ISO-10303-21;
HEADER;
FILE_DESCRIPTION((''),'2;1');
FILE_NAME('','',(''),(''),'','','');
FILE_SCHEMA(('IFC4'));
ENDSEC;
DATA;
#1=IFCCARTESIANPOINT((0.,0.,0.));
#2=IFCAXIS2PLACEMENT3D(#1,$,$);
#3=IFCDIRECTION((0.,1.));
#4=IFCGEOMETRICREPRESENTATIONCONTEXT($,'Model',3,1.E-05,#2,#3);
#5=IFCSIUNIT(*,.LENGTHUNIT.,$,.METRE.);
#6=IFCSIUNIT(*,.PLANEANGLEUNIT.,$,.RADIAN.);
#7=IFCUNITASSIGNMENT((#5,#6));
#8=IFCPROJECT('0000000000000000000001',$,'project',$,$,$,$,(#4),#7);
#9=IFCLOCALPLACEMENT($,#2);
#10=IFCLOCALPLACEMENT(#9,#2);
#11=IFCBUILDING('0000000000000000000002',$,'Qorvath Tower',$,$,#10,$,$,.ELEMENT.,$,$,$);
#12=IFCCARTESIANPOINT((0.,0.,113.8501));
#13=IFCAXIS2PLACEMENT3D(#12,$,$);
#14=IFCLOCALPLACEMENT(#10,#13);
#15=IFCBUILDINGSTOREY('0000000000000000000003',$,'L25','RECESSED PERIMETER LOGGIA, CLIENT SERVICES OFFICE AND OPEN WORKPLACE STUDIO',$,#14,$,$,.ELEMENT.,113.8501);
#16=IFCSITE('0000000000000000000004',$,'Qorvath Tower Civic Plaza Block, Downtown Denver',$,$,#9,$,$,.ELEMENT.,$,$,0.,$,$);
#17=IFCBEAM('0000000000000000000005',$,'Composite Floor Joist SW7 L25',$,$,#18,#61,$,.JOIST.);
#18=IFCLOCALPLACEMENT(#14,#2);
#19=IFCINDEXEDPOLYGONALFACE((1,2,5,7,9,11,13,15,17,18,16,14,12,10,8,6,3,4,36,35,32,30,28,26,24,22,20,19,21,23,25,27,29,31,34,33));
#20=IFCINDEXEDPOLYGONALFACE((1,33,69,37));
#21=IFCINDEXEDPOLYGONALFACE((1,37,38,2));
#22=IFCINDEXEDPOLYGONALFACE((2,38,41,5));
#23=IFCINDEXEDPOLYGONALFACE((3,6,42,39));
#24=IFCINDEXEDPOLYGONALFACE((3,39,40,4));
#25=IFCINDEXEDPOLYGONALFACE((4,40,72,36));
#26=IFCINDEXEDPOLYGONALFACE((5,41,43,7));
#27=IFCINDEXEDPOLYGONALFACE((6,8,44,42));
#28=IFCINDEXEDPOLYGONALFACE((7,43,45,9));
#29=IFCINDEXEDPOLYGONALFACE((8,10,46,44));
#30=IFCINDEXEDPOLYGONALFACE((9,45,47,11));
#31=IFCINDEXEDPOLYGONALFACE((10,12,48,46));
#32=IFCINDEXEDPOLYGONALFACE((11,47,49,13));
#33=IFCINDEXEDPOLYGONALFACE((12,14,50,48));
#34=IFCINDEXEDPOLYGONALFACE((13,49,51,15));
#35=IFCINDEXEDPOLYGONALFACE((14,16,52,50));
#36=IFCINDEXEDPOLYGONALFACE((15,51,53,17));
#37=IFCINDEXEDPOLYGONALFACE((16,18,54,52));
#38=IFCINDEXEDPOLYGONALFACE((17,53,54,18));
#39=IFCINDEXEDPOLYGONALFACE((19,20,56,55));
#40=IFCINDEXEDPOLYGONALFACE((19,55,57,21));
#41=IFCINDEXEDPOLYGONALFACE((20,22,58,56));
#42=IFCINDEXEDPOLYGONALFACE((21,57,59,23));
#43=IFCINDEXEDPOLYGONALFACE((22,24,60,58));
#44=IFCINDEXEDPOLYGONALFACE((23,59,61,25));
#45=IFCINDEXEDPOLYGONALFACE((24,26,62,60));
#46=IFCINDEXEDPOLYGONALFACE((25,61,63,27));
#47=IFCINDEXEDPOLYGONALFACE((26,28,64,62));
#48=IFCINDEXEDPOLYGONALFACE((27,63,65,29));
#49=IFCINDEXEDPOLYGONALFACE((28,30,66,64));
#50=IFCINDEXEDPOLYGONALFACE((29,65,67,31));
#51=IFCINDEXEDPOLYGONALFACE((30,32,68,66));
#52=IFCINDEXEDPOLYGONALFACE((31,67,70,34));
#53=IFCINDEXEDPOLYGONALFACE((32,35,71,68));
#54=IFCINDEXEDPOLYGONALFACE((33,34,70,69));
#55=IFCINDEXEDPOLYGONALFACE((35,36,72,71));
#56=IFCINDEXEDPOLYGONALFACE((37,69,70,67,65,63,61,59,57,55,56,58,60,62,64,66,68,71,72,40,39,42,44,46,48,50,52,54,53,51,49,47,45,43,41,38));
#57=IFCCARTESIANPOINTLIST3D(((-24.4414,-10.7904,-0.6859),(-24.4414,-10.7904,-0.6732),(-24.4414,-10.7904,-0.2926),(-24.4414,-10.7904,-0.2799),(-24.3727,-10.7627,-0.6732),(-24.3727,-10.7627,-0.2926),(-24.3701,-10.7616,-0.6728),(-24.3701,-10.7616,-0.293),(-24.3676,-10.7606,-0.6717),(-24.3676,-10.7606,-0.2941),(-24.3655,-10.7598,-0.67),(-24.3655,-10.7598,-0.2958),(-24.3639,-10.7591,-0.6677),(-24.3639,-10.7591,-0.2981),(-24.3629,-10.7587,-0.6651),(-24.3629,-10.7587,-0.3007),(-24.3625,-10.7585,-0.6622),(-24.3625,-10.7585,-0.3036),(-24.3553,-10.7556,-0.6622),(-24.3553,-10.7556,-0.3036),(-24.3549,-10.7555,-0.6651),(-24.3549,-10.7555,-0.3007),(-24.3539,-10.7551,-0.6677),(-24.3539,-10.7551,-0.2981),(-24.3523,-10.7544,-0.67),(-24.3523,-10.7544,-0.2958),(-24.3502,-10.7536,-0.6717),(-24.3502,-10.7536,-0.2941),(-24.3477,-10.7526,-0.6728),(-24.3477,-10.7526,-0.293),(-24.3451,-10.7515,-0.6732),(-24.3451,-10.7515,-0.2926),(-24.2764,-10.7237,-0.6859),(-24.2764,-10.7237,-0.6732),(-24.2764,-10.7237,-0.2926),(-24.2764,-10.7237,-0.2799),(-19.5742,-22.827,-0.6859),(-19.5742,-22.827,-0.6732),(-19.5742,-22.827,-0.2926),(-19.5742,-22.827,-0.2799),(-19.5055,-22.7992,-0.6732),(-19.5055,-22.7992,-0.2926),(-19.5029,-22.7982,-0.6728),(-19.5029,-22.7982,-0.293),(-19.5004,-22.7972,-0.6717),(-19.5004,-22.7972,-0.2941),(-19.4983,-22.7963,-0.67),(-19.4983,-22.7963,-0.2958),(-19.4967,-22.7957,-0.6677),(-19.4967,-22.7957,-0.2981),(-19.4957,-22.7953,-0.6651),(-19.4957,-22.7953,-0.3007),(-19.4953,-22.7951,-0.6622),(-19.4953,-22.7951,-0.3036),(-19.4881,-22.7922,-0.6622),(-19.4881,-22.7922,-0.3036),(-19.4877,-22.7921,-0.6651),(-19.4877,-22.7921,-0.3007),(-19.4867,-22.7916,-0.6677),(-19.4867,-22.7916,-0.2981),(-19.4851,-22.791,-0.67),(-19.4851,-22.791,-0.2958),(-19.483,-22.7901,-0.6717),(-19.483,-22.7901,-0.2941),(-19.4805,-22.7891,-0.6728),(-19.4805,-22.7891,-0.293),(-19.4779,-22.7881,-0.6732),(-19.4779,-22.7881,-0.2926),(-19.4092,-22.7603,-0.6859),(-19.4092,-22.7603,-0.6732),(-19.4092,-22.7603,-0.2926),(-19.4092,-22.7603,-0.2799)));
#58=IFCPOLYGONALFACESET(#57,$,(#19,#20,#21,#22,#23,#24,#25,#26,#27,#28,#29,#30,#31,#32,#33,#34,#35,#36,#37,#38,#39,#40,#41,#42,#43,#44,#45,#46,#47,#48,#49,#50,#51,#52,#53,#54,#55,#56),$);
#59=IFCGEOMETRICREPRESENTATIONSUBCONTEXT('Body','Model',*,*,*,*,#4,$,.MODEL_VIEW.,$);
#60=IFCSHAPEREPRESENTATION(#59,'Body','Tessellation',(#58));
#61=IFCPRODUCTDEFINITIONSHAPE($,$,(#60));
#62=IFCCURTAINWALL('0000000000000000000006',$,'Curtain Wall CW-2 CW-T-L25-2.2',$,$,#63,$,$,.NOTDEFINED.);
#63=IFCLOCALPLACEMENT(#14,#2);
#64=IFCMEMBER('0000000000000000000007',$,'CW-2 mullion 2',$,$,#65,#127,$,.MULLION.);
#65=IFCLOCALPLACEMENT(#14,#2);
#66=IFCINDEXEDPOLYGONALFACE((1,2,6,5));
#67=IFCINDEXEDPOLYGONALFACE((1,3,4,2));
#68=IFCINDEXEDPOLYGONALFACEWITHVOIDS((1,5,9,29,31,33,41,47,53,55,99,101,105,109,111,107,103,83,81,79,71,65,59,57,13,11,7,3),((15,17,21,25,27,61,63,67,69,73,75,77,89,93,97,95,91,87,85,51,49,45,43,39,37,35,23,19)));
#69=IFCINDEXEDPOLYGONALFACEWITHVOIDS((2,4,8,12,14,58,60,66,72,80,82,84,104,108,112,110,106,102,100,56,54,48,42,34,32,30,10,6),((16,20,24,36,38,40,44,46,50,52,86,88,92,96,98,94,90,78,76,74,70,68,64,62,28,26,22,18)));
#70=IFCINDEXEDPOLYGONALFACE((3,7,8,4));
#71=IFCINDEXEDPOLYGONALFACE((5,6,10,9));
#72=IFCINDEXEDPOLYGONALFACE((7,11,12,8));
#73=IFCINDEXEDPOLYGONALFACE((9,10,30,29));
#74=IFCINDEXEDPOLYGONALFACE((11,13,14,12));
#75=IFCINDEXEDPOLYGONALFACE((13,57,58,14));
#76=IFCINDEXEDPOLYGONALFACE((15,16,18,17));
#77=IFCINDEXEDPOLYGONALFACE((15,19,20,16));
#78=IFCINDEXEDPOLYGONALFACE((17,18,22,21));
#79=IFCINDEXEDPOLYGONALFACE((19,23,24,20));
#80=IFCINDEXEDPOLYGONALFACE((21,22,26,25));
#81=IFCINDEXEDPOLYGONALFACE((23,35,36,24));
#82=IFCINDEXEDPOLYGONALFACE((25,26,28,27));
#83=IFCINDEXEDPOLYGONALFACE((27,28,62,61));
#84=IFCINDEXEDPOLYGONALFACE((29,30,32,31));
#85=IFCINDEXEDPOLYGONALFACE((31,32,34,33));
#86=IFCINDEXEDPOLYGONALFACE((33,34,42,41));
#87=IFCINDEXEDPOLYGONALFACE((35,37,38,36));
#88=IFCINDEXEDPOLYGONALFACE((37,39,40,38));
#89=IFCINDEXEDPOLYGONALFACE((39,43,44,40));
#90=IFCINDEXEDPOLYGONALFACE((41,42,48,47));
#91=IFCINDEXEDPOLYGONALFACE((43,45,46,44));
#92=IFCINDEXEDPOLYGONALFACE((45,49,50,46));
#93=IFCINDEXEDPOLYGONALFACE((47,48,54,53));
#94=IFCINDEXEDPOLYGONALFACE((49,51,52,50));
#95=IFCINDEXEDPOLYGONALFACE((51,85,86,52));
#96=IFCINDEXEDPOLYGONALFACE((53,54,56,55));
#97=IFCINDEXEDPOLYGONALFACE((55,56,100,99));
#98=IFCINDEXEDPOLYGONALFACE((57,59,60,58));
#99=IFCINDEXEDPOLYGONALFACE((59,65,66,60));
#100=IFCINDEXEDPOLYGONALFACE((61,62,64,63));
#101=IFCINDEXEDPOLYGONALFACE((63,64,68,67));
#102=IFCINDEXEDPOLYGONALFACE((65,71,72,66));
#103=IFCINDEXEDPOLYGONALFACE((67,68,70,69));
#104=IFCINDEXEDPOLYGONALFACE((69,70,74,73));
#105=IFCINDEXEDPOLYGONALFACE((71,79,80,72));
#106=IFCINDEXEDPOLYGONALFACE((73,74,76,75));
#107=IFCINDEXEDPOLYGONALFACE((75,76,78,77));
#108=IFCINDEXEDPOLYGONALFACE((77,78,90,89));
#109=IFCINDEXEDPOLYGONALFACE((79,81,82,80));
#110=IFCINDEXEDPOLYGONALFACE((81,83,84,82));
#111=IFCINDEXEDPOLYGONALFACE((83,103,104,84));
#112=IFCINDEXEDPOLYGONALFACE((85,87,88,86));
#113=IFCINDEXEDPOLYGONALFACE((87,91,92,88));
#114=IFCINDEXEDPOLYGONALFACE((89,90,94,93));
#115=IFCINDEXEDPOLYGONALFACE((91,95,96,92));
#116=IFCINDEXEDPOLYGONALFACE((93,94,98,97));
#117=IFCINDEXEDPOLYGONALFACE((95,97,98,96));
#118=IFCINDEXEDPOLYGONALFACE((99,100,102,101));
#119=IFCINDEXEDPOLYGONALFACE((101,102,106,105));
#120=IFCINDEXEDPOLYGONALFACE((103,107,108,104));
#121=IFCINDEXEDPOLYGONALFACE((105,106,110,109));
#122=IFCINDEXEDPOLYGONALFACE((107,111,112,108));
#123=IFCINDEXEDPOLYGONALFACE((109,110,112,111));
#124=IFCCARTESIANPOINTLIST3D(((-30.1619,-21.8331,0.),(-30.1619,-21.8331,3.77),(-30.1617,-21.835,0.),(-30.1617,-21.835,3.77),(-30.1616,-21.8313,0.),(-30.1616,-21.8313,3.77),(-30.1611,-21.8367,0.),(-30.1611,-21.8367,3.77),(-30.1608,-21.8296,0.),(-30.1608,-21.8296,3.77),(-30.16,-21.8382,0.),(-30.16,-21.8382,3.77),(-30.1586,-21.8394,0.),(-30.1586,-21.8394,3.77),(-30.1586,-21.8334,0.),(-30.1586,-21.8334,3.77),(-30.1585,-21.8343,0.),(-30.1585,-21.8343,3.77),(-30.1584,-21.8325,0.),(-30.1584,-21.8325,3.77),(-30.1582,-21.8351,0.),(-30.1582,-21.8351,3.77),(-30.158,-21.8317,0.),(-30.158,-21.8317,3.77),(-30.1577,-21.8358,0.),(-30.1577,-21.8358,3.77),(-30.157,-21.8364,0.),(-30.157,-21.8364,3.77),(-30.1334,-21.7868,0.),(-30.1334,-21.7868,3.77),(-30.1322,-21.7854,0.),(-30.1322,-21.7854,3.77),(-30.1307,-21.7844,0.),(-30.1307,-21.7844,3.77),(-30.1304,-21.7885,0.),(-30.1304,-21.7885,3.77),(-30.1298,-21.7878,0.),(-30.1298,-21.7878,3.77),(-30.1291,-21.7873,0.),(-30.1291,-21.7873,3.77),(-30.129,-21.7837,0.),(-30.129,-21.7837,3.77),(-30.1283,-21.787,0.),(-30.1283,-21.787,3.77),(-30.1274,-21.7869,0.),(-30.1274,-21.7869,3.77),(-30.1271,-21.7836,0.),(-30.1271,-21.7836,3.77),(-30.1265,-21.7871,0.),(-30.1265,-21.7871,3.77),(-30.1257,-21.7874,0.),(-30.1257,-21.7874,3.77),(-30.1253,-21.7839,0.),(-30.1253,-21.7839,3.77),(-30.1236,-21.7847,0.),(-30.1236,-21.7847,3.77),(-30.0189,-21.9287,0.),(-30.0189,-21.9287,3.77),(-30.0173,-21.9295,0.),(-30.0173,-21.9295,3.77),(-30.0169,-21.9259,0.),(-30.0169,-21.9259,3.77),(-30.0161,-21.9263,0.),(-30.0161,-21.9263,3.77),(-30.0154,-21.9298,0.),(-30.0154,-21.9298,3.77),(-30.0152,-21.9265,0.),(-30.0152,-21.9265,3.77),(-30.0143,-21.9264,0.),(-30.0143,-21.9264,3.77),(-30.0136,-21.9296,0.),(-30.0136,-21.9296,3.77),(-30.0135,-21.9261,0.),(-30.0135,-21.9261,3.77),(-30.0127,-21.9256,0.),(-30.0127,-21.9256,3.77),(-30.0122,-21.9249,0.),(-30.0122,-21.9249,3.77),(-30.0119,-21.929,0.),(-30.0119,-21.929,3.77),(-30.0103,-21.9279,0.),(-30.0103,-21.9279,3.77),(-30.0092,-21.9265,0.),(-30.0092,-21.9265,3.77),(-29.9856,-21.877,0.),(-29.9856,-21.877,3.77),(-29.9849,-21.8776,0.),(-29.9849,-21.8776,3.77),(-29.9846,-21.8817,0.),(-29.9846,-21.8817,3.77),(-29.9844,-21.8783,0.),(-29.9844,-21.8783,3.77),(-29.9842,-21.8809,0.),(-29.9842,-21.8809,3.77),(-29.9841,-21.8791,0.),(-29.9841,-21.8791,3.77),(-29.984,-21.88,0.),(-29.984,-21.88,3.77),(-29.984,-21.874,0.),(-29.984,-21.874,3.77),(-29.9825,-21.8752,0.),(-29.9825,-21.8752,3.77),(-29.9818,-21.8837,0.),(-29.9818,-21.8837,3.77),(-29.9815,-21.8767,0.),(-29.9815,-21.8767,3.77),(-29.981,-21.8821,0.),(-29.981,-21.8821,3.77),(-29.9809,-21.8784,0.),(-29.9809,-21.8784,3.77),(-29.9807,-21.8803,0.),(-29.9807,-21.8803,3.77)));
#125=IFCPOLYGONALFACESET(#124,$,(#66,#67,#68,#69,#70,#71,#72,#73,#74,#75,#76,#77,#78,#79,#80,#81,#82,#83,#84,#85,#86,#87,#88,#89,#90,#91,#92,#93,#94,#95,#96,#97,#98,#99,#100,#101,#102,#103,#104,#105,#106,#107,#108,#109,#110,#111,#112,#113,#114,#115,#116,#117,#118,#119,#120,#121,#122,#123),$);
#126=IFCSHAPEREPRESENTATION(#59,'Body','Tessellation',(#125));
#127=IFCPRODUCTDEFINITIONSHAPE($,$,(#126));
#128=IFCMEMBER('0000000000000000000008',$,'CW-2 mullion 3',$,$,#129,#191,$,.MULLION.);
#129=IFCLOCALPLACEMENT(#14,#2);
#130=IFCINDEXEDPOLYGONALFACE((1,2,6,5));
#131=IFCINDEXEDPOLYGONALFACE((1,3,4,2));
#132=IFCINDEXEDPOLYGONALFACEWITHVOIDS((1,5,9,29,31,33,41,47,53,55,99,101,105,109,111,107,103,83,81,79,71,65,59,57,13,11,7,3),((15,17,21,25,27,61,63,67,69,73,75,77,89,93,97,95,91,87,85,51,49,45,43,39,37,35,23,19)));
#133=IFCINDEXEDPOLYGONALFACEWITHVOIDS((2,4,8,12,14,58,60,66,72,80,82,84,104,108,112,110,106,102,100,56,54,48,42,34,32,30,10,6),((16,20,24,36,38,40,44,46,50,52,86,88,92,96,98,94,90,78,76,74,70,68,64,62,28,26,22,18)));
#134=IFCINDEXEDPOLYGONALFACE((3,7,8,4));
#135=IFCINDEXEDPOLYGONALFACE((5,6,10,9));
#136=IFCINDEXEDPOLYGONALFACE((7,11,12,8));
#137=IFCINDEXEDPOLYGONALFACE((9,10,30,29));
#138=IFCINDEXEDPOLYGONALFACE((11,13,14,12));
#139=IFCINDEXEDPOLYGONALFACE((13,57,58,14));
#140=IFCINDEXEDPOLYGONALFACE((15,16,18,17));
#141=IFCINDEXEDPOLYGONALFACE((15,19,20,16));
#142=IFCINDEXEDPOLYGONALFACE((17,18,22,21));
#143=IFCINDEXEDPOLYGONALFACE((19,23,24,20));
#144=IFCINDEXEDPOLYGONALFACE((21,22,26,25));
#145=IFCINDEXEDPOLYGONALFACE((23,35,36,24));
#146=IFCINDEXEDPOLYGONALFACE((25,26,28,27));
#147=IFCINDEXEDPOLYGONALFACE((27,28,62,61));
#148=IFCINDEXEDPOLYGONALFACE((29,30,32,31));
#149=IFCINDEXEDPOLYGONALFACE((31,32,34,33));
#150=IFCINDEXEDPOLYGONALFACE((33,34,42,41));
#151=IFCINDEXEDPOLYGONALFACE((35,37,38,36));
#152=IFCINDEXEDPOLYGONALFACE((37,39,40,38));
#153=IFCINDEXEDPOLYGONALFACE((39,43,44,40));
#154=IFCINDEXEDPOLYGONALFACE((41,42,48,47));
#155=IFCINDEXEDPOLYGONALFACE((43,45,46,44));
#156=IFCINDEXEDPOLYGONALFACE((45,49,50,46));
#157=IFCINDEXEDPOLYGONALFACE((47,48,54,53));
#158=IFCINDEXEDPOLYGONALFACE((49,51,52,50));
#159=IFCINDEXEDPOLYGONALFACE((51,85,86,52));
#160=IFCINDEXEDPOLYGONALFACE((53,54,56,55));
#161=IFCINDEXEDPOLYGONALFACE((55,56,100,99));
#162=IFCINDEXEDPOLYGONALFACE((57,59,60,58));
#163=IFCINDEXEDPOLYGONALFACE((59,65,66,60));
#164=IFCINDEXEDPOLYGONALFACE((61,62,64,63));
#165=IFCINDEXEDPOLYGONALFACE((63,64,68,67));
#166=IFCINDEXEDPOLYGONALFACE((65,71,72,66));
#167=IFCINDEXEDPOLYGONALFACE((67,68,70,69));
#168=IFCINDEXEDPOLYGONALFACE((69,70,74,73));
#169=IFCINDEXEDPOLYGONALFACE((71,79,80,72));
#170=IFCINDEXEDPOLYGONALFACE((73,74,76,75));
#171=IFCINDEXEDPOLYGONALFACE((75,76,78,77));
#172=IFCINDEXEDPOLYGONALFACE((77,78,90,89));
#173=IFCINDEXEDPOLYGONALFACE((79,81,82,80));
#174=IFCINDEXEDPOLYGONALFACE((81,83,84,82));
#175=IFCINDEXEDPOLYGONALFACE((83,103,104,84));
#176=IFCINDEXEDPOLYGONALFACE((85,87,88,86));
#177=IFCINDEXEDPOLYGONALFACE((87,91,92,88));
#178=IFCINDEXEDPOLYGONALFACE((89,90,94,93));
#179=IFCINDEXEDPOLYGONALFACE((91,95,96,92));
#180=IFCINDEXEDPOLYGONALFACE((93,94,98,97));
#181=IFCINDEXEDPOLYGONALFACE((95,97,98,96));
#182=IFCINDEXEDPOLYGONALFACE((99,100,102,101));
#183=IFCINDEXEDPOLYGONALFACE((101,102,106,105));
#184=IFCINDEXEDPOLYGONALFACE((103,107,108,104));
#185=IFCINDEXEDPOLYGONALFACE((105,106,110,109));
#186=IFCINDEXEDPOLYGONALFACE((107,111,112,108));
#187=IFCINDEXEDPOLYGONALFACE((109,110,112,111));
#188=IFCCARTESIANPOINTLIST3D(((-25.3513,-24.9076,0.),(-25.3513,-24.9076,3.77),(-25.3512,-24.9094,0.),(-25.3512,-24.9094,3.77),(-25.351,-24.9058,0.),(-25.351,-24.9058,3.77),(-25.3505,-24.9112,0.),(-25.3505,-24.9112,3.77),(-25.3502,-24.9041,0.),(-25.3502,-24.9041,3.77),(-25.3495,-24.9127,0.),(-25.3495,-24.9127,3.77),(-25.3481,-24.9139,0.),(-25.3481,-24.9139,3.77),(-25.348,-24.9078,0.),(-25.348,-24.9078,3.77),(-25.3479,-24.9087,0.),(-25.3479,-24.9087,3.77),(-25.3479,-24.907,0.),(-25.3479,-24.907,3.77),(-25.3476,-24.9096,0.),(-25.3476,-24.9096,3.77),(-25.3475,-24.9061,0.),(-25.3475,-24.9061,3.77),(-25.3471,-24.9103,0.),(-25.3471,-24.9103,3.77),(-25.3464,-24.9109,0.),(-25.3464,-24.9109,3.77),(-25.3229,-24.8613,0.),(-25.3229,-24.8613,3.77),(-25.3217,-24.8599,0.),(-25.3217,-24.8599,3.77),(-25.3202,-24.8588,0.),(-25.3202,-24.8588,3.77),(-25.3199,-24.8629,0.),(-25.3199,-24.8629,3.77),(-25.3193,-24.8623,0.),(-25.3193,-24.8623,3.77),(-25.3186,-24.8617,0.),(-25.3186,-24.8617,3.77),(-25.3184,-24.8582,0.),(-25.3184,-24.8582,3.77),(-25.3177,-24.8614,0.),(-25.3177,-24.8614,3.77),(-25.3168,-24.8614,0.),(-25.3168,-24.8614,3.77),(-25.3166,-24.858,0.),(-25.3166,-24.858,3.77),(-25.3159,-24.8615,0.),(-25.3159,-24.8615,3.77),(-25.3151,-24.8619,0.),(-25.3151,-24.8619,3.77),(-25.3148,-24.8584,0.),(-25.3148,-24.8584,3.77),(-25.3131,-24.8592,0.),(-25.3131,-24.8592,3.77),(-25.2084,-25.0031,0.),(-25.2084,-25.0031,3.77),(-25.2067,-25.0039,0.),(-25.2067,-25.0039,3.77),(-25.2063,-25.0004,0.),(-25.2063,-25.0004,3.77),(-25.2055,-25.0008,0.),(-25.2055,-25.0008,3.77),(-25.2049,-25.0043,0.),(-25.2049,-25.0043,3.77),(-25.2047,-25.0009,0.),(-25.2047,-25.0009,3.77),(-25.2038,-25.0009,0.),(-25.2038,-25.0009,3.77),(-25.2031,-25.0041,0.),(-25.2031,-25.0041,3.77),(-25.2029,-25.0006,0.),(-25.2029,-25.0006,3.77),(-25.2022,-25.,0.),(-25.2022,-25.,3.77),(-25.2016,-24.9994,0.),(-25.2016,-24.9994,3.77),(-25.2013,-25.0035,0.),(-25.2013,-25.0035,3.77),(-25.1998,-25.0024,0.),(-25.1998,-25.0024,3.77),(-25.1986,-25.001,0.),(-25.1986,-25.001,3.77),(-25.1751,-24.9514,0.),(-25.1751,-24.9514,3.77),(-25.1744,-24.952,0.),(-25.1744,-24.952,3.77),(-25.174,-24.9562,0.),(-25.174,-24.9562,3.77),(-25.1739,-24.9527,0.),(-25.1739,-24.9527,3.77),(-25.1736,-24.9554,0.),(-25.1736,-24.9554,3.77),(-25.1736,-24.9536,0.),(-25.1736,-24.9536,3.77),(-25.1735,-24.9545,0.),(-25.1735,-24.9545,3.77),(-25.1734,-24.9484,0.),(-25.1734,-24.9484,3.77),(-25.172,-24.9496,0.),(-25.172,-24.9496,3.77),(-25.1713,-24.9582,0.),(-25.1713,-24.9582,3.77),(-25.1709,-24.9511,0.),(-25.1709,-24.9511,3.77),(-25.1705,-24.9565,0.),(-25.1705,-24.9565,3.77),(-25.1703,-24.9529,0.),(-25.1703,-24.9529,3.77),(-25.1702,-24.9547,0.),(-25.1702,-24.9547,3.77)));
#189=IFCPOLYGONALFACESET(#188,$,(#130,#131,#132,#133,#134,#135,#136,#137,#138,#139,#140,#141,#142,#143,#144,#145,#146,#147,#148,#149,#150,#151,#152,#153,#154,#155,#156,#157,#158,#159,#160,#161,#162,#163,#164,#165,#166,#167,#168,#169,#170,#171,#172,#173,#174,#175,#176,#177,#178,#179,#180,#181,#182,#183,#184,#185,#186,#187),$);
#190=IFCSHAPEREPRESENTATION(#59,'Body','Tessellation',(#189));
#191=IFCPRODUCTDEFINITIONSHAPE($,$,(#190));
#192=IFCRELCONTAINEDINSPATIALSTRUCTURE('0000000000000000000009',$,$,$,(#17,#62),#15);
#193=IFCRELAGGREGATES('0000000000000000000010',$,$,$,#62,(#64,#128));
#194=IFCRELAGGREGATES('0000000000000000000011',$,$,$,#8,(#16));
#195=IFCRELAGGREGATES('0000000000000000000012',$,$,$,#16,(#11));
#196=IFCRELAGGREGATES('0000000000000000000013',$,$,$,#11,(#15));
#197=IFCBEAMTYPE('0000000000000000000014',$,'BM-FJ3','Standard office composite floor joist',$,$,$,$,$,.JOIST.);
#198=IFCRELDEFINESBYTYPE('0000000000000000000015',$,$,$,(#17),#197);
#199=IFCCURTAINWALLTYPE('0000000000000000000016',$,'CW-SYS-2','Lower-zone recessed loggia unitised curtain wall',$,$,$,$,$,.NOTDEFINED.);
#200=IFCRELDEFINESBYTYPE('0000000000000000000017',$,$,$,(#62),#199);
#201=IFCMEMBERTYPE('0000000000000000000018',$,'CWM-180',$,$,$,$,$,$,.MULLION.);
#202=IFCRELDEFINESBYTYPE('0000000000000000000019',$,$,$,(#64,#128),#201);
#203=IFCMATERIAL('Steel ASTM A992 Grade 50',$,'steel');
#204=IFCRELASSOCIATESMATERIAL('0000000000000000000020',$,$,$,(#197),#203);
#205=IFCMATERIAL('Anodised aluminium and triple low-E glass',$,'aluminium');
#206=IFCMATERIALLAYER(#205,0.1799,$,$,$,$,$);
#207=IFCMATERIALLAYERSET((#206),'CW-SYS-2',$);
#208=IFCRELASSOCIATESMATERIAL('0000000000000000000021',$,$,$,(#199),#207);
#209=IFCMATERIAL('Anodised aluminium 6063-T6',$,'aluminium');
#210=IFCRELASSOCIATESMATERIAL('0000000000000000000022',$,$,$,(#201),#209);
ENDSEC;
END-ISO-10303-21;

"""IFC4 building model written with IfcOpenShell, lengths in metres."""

from ifc_helpers import new_model, si_unit, direction, frame, origin, origin_2d, place, context, subcontext, project, spatial, hollow_rectangle, i_section, extrude, material, layer, layer_set, material_profile, profile_set, type_object, element, aggregate, save


model = new_model("IFC4")

# Units and contexts
model_context = context("Model", 3, precision=1e-05, world=origin(), true_north=direction((0.0, 1.0)))
body_context = subcontext(model_context, "Body", "Model", "MODEL_VIEW")
ifc_project = project(units=[si_unit("LENGTHUNIT", "METRE"), si_unit("PLANEANGLEUNIT", "RADIAN")], contexts=[model_context])

# Site, building, storey
site_placement = place(None, origin())
site = spatial("IfcSite", under=ifc_project, at=site_placement, Name="Qorvath Tower Civic Plaza Block, Downtown Denver", CompositionType="ELEMENT", RefElevation=0.0)
building_placement = place(site_placement, origin())
building = spatial("IfcBuilding", under=site, at=building_placement, Name="Qorvath Tower", CompositionType="ELEMENT")
storey_placement = place(building_placement, frame((0.0, 0.0, 113.8501)))
storey = spatial("IfcBuildingStorey", under=building, at=storey_placement, Name="L25", Description="RECESSED PERIMETER LOGGIA, CLIENT SERVICES OFFICE AND OPEN WORKPLACE STUDIO", CompositionType="ELEMENT", Elevation=113.8501)

# Beam
ifc_material_1 = material(Name="Steel ASTM A992 Grade 50", Category="steel")
ifc_material_profile_1 = material_profile(ifc_material_1, i_section(OverallWidth=0.178, OverallDepth=0.406, WebThickness=0.0078, FlangeThickness=0.0127, FilletRadius=0.011, at=origin_2d()), Name="W16x40")
ifc_profile_set_1 = profile_set([ifc_material_profile_1], Name="Steel ASTM A992 Grade 50")
beam_type_1 = type_object("IfcBeamType", Name="BM-FJ3", Description="Standard office composite floor joist", PredefinedType="JOIST", material=ifc_profile_set_1)
beam_1_placement = place(storey_placement, frame((-24.3589, -10.7571, -0.4829), z_axis=(0.374877, -0.927075, 0.0), x_axis=(0.927075, 0.374877, 0.0)))
element("IfcBeam", 1, at=beam_1_placement, inside=storey, type_object=beam_type_1, Name="Composite Floor Joist SW7 L25", PredefinedType="JOIST", context=body_context, shape_type="SweptSolid", body=[
    extrude(i_section(OverallWidth=0.178, OverallDepth=0.406, WebThickness=0.0078, FlangeThickness=0.0127, FilletRadius=0.011, at=origin_2d()), origin(), (0.0, 0.0, 1.0), 12.9834),
])

# Curtain wall, members
ifc_material_2 = material(Name="Anodised aluminium and triple low-E glass", Category="aluminium")
ifc_layer_1 = layer(ifc_material_2, 0.1799)
ifc_layer_set_1 = layer_set([ifc_layer_1], Name="CW-SYS-2")
curtain_wall_type = type_object("IfcCurtainWallType", Name="CW-SYS-2", Description="Lower-zone recessed loggia unitised curtain wall", PredefinedType="NOTDEFINED", material=ifc_layer_set_1)
curtain_wall_placement = place(storey_placement, origin())
curtain_wall = element("IfcCurtainWall", 2, at=curtain_wall_placement, inside=storey, type_object=curtain_wall_type, Name="Curtain Wall CW-2 CW-T-L25-2.2", PredefinedType="NOTDEFINED")
ifc_material_3 = material(Name="Anodised aluminium 6063-T6", Category="aluminium")
ifc_material_profile_2 = material_profile(ifc_material_3, hollow_rectangle(XDim=0.0649, YDim=0.1799, WallThickness=0.0034, InnerFilletRadius=0.0034, OuterFilletRadius=0.0071, at=origin_2d()), Name="CWM 180x65")
ifc_profile_set_2 = profile_set([ifc_material_profile_2], Name="Anodised aluminium 6063-T6")
member_type_1 = type_object("IfcMemberType", Name="CWM-180", PredefinedType="MULLION", material=ifc_profile_set_2)
member_1_placement = place(storey_placement, frame((-30.0713, -21.8567, 0.0), z_axis=(0.0, 0.0, 1.0), x_axis=(0.538538, 0.842601, 0.0)))
member_1 = element("IfcMember", 3, at=member_1_placement, type_object=member_type_1, Name="CW-2 mullion 2", PredefinedType="MULLION", context=body_context, shape_type="SweptSolid", body=[
    extrude(hollow_rectangle(XDim=0.0649, YDim=0.1799, WallThickness=0.0034, InnerFilletRadius=0.0034, OuterFilletRadius=0.0071, at=origin_2d()), origin(), (0.0, 0.0, 1.0), 3.77),
])
member_2_placement = place(storey_placement, frame((-25.2607, -24.9312, 0.0), z_axis=(0.0, 0.0, 1.0), x_axis=(0.538538, 0.842601, 0.0)))
member_2 = element("IfcMember", 4, at=member_2_placement, type_object=member_type_1, Name="CW-2 mullion 3", PredefinedType="MULLION", context=body_context, shape_type="SweptSolid", body=[
    extrude(hollow_rectangle(XDim=0.0649, YDim=0.1799, WallThickness=0.0034, InnerFilletRadius=0.0034, OuterFilletRadius=0.0071, at=origin_2d()), origin(), (0.0, 0.0, 1.0), 3.77),
])
aggregate(curtain_wall, [member_1, member_2])

save(model, "model.ifc")
